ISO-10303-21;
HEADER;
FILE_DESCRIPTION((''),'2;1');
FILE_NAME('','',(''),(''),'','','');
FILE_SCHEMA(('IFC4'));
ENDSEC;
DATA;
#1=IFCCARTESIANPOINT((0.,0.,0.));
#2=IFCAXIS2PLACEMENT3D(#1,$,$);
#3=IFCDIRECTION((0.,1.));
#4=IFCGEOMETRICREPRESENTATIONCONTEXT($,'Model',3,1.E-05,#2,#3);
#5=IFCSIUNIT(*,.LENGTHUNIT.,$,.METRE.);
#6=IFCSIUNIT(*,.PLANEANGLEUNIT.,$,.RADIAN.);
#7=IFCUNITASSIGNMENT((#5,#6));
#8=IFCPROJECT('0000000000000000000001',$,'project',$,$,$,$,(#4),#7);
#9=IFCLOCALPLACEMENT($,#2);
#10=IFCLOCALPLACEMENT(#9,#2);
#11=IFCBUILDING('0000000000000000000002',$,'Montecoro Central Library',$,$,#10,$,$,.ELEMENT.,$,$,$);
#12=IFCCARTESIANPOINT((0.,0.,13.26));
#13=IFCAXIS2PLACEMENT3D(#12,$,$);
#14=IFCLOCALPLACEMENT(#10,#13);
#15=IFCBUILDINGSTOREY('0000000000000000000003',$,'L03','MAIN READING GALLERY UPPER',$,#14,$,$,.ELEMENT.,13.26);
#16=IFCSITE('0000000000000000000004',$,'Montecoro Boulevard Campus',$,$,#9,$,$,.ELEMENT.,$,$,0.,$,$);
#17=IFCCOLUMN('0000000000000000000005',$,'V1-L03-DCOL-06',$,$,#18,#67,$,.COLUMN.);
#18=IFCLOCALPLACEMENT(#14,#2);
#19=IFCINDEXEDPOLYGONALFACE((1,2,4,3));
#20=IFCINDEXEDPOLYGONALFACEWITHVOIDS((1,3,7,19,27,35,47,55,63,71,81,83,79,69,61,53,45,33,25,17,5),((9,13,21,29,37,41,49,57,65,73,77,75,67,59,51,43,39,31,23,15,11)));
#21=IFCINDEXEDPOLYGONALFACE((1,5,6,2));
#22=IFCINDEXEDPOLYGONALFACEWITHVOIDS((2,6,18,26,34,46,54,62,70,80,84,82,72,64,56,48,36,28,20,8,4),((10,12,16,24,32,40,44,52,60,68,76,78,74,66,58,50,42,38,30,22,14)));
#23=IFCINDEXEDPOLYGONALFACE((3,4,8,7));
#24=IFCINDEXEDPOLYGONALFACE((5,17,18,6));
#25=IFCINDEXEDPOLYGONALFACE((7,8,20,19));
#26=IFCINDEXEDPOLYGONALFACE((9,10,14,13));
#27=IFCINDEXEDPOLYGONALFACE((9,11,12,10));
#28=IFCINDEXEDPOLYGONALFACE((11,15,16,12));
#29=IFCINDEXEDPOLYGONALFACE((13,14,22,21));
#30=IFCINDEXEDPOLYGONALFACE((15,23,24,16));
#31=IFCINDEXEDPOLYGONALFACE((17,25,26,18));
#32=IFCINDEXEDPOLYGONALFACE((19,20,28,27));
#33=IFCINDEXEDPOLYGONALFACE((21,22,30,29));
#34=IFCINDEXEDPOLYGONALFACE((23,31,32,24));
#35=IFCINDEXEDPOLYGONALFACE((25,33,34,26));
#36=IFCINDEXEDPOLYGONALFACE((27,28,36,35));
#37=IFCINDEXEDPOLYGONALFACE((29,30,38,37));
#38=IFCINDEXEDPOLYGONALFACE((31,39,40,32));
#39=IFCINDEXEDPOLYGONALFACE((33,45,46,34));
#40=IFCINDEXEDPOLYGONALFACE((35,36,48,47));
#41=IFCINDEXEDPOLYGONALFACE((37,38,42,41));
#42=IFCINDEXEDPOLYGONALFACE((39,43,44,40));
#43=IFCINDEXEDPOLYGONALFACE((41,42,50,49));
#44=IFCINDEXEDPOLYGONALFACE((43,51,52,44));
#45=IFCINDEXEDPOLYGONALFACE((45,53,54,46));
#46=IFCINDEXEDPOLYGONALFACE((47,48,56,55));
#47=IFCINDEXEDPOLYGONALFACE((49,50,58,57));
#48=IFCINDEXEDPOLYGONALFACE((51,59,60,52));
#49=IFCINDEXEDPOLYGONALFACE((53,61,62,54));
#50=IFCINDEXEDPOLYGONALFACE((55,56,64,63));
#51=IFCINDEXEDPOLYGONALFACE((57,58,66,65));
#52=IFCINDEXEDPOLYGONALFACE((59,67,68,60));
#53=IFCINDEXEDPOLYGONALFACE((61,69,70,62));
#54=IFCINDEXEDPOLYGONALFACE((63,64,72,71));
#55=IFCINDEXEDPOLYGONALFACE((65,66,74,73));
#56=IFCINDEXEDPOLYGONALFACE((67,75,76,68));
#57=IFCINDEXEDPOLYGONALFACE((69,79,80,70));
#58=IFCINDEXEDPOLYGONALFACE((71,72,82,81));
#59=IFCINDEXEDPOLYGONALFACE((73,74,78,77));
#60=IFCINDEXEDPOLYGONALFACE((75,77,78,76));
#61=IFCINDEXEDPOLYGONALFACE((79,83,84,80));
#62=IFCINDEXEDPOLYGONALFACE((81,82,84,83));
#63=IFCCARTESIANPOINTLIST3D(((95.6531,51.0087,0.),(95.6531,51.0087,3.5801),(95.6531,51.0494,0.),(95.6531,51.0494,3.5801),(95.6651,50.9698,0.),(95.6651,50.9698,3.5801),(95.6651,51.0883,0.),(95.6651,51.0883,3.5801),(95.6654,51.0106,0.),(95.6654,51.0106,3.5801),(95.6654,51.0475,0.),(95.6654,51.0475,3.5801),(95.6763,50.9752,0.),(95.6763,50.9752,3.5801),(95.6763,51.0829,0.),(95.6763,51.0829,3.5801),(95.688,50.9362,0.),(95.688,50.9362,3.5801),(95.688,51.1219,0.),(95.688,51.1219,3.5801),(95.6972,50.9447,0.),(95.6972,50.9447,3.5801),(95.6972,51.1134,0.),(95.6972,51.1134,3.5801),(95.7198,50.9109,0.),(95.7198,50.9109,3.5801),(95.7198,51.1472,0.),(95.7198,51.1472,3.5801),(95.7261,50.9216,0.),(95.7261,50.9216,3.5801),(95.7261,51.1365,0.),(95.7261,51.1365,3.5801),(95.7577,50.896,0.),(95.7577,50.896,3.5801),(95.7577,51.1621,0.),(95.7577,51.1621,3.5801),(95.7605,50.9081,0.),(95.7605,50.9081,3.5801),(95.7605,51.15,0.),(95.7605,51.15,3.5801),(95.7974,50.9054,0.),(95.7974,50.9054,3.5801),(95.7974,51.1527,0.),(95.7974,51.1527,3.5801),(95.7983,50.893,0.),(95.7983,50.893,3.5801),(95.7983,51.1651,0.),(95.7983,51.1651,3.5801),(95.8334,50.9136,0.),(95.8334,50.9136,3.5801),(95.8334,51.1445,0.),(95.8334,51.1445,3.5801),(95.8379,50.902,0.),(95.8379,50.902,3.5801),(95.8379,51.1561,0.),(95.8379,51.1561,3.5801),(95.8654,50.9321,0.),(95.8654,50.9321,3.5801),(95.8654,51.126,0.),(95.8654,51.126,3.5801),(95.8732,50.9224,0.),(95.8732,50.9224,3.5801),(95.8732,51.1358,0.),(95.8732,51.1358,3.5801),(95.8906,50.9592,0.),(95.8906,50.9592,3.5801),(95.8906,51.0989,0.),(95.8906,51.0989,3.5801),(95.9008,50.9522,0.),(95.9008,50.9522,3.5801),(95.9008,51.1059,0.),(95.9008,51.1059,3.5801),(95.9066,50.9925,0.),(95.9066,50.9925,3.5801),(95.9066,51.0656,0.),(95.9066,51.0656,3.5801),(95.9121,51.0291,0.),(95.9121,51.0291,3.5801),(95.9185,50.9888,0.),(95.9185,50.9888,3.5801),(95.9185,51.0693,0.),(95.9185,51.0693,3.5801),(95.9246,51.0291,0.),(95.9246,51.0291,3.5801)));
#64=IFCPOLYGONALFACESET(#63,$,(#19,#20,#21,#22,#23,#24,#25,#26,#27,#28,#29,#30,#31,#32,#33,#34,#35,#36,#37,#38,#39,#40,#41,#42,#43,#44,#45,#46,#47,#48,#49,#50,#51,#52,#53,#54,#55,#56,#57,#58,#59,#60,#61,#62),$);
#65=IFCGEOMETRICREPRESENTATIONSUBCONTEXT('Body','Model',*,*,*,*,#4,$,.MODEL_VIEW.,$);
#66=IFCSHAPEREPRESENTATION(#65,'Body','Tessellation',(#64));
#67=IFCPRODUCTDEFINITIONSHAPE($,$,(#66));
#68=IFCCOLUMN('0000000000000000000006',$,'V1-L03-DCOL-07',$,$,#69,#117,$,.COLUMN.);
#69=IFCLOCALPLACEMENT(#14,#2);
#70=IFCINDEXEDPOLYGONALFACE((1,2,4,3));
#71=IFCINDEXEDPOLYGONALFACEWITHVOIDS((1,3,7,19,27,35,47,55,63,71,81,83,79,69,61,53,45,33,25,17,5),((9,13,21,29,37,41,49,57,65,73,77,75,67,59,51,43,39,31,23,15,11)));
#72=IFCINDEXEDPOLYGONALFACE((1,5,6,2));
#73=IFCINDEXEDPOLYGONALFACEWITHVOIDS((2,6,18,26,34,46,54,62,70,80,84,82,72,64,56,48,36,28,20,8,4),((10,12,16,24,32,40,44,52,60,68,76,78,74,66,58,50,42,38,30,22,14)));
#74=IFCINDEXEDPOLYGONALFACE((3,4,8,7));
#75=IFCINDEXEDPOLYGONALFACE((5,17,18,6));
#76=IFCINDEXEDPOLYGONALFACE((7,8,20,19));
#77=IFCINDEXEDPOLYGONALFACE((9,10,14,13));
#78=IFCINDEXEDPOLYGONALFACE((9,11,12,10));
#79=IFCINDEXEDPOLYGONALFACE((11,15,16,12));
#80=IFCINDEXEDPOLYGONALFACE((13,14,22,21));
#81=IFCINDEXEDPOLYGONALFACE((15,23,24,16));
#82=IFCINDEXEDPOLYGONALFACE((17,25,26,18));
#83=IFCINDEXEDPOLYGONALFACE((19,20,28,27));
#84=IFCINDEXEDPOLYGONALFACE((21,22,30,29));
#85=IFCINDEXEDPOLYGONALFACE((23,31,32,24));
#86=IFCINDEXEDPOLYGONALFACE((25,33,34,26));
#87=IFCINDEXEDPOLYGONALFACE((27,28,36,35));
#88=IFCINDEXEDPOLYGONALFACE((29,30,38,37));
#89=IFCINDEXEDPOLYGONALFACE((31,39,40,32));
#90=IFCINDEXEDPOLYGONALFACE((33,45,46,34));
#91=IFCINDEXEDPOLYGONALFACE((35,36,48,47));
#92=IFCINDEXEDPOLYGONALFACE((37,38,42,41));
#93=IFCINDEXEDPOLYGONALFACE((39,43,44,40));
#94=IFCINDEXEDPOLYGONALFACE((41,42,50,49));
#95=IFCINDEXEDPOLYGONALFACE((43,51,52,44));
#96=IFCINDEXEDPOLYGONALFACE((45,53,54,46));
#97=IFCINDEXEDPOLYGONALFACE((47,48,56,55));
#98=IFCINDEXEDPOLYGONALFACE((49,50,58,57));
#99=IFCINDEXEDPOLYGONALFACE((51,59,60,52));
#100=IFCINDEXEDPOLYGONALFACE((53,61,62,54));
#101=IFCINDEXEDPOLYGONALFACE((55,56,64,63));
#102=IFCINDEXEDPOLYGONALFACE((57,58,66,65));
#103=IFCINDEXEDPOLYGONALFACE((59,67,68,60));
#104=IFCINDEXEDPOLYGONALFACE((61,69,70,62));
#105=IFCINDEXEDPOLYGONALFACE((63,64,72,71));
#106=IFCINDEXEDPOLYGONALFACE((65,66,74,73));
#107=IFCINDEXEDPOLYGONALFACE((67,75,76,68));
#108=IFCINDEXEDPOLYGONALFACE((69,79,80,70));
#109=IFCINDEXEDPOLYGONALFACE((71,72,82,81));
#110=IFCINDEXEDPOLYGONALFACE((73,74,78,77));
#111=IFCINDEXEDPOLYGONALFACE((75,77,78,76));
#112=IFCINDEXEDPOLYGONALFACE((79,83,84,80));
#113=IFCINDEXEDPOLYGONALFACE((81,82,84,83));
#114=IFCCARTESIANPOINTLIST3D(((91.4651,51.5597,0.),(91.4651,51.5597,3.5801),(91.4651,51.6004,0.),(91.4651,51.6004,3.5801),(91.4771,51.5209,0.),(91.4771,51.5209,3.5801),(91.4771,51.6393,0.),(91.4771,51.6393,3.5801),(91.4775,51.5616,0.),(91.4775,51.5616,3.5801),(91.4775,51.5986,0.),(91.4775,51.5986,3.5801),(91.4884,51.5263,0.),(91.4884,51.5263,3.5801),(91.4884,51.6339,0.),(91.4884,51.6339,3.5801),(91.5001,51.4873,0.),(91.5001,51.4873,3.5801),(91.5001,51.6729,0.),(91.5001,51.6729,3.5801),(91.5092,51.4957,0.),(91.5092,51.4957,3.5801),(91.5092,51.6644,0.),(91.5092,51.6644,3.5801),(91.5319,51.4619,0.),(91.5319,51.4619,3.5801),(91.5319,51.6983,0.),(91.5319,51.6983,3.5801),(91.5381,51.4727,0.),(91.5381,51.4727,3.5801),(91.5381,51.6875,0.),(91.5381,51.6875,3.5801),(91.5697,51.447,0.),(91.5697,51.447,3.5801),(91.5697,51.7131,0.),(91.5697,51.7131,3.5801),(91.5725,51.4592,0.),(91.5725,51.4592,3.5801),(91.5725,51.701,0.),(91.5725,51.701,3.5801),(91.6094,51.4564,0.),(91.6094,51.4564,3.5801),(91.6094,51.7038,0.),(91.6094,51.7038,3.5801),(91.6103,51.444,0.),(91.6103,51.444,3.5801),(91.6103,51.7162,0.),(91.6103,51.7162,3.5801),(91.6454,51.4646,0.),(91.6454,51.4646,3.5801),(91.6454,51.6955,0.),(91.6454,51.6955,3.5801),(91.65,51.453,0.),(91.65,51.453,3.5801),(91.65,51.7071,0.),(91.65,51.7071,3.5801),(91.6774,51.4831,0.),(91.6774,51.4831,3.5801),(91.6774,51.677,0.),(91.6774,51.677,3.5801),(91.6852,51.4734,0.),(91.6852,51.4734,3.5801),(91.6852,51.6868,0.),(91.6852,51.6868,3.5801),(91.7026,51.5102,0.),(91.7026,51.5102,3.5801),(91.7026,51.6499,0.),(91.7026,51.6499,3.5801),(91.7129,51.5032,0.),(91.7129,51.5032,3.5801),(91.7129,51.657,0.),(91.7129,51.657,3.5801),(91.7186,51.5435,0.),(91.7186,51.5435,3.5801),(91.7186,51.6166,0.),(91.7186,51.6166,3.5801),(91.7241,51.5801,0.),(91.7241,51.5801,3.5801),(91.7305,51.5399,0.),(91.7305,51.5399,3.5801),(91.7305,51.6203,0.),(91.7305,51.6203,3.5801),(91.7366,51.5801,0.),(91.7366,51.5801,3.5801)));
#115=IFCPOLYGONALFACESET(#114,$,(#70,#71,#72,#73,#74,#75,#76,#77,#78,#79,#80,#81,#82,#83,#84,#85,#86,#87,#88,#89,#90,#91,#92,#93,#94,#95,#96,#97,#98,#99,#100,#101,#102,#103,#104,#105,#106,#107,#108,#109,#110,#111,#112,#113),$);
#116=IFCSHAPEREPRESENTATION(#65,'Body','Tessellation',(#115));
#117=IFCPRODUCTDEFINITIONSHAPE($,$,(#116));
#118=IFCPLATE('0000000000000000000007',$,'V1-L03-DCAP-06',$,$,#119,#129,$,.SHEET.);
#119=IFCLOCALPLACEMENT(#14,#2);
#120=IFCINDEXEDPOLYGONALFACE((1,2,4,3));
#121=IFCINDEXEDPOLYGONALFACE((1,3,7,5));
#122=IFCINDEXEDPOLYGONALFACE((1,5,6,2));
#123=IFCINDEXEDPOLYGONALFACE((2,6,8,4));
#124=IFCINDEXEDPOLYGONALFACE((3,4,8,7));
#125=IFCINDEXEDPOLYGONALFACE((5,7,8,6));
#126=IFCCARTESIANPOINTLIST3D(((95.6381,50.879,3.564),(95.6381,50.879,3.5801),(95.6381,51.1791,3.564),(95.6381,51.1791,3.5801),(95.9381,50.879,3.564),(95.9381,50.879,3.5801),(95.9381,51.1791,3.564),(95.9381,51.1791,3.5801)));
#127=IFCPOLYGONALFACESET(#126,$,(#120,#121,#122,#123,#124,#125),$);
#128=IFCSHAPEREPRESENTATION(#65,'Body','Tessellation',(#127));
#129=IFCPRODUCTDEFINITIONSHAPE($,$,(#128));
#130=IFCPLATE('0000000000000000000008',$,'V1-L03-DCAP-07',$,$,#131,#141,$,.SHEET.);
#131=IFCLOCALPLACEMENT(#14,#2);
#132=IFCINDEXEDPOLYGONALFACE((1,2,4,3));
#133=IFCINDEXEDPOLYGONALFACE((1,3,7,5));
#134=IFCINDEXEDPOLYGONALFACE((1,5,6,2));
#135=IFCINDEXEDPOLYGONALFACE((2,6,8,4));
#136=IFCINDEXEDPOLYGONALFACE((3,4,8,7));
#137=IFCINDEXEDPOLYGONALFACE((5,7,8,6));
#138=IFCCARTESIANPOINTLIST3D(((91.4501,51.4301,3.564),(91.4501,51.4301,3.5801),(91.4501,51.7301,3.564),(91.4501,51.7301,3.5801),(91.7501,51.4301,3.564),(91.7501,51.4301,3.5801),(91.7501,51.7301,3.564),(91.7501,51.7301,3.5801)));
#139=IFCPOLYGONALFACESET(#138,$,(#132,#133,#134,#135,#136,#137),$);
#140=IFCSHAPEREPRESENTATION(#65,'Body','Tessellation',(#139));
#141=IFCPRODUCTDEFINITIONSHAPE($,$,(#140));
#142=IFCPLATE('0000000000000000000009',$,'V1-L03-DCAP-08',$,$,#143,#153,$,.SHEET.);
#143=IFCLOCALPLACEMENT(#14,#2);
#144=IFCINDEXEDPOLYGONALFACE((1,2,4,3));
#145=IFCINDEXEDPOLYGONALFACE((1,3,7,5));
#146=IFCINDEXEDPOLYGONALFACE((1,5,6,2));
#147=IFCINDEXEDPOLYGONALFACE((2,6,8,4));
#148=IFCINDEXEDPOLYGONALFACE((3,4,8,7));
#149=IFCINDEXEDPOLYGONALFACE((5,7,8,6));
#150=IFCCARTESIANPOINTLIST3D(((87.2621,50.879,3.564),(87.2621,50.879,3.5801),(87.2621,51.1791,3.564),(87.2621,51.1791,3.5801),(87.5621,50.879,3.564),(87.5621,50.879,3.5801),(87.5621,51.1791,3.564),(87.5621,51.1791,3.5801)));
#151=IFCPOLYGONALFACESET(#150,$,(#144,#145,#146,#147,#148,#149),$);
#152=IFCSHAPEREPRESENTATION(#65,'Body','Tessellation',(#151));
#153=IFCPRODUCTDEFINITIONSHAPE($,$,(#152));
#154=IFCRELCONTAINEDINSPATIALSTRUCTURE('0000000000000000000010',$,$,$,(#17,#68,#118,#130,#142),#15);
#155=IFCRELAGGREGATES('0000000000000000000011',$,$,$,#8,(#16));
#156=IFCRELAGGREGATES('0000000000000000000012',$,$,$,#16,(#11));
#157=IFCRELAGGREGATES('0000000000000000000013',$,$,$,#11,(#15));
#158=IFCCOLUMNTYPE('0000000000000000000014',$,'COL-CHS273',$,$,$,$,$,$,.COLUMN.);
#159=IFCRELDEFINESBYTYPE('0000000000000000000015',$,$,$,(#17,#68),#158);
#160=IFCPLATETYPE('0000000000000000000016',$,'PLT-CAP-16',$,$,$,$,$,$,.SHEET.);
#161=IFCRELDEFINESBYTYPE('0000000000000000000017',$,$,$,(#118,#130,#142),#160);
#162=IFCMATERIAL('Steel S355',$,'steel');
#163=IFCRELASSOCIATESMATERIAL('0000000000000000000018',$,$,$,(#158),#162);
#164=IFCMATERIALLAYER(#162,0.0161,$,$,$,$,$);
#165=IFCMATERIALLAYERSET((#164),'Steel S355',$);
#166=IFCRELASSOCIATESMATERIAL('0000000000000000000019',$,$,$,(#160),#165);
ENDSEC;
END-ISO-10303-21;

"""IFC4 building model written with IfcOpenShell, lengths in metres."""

from ifc_helpers import new_model, si_unit, direction, frame, origin, origin_2d, place, context, subcontext, project, spatial, rectangle, hollow_circle, extrude, material, layer, layer_set, material_profile, profile_set, type_object, element, save


model = new_model("IFC4")

# Units and contexts
model_context = context("Model", 3, precision=1e-05, world=origin(), true_north=direction((0.0, 1.0)))
body_context = subcontext(model_context, "Body", "Model", "MODEL_VIEW")
ifc_project = project(units=[si_unit("LENGTHUNIT", "METRE"), si_unit("PLANEANGLEUNIT", "RADIAN")], contexts=[model_context])

# Site, building, storey
site_placement = place(None, origin())
site = spatial("IfcSite", under=ifc_project, at=site_placement, Name="Montecoro Boulevard Campus", CompositionType="ELEMENT", RefElevation=0.0)
building_placement = place(site_placement, origin())
building = spatial("IfcBuilding", under=site, at=building_placement, Name="Montecoro Central Library", CompositionType="ELEMENT")
storey_placement = place(building_placement, frame((0.0, 0.0, 13.26)))
storey = spatial("IfcBuildingStorey", under=building, at=storey_placement, Name="L03", Description="MAIN READING GALLERY UPPER", CompositionType="ELEMENT", Elevation=13.26)

# Columns
ifc_material_1 = material(Name="Steel S355", Category="steel")
ifc_material_profile = material_profile(ifc_material_1, hollow_circle(Radius=0.1365, WallThickness=0.0125, at=origin_2d()), Name="CHS 273.0x12.5")
ifc_profile_set = profile_set([ifc_material_profile], Name="Steel S355")
column_type = type_object("IfcColumnType", Name="COL-CHS273", PredefinedType="COLUMN", material=ifc_profile_set)
for number, where, z_axis, x_axis, name in (
    (1, (95.7881, 51.0291, 0.0), (0.0, 0.0, 1.0), (1.0, 0.0, 0.0), "V1-L03-DCOL-06"),
    (2, (91.6001, 51.5801, 0.0), (0.0, 0.0, 1.0), (1.0, 0.0, 0.0), "V1-L03-DCOL-07"),
):
    element("IfcColumn", number, at=place(storey_placement, frame(where, z_axis=z_axis, x_axis=x_axis)), inside=storey, type_object=column_type, Name=name, PredefinedType="COLUMN", context=body_context, shape_type="SweptSolid", body=[
        extrude(hollow_circle(Radius=0.1365, WallThickness=0.0125, at=origin_2d()), origin(), (0.0, 0.0, 1.0), 3.5801),
    ])

# Plates
ifc_layer_1 = layer(ifc_material_1, 0.0161)
ifc_layer_set_1 = layer_set([ifc_layer_1], Name="Steel S355")
plate_type = type_object("IfcPlateType", Name="PLT-CAP-16", PredefinedType="SHEET", material=ifc_layer_set_1)
for number, where, z_axis, x_axis, name in (
    (3, (95.7881, 51.0291, 3.564), (0.0, 0.0, 1.0), (1.0, 0.0, 0.0), "V1-L03-DCAP-06"),
    (4, (91.6001, 51.5801, 3.564), (0.0, 0.0, 1.0), (1.0, 0.0, 0.0), "V1-L03-DCAP-07"),
    (5, (87.4121, 51.0291, 3.564), (0.0, 0.0, 1.0), (1.0, 0.0, 0.0), "V1-L03-DCAP-08"),
):
    element("IfcPlate", number, at=place(storey_placement, frame(where, z_axis=z_axis, x_axis=x_axis)), inside=storey, type_object=plate_type, Name=name, PredefinedType="SHEET", context=body_context, shape_type="SweptSolid", body=[
        extrude(rectangle(XDim=0.3, YDim=0.3, at=origin_2d()), origin(), (0.0, 0.0, 1.0), 0.0161),
    ])

save(model, "model.ifc")
